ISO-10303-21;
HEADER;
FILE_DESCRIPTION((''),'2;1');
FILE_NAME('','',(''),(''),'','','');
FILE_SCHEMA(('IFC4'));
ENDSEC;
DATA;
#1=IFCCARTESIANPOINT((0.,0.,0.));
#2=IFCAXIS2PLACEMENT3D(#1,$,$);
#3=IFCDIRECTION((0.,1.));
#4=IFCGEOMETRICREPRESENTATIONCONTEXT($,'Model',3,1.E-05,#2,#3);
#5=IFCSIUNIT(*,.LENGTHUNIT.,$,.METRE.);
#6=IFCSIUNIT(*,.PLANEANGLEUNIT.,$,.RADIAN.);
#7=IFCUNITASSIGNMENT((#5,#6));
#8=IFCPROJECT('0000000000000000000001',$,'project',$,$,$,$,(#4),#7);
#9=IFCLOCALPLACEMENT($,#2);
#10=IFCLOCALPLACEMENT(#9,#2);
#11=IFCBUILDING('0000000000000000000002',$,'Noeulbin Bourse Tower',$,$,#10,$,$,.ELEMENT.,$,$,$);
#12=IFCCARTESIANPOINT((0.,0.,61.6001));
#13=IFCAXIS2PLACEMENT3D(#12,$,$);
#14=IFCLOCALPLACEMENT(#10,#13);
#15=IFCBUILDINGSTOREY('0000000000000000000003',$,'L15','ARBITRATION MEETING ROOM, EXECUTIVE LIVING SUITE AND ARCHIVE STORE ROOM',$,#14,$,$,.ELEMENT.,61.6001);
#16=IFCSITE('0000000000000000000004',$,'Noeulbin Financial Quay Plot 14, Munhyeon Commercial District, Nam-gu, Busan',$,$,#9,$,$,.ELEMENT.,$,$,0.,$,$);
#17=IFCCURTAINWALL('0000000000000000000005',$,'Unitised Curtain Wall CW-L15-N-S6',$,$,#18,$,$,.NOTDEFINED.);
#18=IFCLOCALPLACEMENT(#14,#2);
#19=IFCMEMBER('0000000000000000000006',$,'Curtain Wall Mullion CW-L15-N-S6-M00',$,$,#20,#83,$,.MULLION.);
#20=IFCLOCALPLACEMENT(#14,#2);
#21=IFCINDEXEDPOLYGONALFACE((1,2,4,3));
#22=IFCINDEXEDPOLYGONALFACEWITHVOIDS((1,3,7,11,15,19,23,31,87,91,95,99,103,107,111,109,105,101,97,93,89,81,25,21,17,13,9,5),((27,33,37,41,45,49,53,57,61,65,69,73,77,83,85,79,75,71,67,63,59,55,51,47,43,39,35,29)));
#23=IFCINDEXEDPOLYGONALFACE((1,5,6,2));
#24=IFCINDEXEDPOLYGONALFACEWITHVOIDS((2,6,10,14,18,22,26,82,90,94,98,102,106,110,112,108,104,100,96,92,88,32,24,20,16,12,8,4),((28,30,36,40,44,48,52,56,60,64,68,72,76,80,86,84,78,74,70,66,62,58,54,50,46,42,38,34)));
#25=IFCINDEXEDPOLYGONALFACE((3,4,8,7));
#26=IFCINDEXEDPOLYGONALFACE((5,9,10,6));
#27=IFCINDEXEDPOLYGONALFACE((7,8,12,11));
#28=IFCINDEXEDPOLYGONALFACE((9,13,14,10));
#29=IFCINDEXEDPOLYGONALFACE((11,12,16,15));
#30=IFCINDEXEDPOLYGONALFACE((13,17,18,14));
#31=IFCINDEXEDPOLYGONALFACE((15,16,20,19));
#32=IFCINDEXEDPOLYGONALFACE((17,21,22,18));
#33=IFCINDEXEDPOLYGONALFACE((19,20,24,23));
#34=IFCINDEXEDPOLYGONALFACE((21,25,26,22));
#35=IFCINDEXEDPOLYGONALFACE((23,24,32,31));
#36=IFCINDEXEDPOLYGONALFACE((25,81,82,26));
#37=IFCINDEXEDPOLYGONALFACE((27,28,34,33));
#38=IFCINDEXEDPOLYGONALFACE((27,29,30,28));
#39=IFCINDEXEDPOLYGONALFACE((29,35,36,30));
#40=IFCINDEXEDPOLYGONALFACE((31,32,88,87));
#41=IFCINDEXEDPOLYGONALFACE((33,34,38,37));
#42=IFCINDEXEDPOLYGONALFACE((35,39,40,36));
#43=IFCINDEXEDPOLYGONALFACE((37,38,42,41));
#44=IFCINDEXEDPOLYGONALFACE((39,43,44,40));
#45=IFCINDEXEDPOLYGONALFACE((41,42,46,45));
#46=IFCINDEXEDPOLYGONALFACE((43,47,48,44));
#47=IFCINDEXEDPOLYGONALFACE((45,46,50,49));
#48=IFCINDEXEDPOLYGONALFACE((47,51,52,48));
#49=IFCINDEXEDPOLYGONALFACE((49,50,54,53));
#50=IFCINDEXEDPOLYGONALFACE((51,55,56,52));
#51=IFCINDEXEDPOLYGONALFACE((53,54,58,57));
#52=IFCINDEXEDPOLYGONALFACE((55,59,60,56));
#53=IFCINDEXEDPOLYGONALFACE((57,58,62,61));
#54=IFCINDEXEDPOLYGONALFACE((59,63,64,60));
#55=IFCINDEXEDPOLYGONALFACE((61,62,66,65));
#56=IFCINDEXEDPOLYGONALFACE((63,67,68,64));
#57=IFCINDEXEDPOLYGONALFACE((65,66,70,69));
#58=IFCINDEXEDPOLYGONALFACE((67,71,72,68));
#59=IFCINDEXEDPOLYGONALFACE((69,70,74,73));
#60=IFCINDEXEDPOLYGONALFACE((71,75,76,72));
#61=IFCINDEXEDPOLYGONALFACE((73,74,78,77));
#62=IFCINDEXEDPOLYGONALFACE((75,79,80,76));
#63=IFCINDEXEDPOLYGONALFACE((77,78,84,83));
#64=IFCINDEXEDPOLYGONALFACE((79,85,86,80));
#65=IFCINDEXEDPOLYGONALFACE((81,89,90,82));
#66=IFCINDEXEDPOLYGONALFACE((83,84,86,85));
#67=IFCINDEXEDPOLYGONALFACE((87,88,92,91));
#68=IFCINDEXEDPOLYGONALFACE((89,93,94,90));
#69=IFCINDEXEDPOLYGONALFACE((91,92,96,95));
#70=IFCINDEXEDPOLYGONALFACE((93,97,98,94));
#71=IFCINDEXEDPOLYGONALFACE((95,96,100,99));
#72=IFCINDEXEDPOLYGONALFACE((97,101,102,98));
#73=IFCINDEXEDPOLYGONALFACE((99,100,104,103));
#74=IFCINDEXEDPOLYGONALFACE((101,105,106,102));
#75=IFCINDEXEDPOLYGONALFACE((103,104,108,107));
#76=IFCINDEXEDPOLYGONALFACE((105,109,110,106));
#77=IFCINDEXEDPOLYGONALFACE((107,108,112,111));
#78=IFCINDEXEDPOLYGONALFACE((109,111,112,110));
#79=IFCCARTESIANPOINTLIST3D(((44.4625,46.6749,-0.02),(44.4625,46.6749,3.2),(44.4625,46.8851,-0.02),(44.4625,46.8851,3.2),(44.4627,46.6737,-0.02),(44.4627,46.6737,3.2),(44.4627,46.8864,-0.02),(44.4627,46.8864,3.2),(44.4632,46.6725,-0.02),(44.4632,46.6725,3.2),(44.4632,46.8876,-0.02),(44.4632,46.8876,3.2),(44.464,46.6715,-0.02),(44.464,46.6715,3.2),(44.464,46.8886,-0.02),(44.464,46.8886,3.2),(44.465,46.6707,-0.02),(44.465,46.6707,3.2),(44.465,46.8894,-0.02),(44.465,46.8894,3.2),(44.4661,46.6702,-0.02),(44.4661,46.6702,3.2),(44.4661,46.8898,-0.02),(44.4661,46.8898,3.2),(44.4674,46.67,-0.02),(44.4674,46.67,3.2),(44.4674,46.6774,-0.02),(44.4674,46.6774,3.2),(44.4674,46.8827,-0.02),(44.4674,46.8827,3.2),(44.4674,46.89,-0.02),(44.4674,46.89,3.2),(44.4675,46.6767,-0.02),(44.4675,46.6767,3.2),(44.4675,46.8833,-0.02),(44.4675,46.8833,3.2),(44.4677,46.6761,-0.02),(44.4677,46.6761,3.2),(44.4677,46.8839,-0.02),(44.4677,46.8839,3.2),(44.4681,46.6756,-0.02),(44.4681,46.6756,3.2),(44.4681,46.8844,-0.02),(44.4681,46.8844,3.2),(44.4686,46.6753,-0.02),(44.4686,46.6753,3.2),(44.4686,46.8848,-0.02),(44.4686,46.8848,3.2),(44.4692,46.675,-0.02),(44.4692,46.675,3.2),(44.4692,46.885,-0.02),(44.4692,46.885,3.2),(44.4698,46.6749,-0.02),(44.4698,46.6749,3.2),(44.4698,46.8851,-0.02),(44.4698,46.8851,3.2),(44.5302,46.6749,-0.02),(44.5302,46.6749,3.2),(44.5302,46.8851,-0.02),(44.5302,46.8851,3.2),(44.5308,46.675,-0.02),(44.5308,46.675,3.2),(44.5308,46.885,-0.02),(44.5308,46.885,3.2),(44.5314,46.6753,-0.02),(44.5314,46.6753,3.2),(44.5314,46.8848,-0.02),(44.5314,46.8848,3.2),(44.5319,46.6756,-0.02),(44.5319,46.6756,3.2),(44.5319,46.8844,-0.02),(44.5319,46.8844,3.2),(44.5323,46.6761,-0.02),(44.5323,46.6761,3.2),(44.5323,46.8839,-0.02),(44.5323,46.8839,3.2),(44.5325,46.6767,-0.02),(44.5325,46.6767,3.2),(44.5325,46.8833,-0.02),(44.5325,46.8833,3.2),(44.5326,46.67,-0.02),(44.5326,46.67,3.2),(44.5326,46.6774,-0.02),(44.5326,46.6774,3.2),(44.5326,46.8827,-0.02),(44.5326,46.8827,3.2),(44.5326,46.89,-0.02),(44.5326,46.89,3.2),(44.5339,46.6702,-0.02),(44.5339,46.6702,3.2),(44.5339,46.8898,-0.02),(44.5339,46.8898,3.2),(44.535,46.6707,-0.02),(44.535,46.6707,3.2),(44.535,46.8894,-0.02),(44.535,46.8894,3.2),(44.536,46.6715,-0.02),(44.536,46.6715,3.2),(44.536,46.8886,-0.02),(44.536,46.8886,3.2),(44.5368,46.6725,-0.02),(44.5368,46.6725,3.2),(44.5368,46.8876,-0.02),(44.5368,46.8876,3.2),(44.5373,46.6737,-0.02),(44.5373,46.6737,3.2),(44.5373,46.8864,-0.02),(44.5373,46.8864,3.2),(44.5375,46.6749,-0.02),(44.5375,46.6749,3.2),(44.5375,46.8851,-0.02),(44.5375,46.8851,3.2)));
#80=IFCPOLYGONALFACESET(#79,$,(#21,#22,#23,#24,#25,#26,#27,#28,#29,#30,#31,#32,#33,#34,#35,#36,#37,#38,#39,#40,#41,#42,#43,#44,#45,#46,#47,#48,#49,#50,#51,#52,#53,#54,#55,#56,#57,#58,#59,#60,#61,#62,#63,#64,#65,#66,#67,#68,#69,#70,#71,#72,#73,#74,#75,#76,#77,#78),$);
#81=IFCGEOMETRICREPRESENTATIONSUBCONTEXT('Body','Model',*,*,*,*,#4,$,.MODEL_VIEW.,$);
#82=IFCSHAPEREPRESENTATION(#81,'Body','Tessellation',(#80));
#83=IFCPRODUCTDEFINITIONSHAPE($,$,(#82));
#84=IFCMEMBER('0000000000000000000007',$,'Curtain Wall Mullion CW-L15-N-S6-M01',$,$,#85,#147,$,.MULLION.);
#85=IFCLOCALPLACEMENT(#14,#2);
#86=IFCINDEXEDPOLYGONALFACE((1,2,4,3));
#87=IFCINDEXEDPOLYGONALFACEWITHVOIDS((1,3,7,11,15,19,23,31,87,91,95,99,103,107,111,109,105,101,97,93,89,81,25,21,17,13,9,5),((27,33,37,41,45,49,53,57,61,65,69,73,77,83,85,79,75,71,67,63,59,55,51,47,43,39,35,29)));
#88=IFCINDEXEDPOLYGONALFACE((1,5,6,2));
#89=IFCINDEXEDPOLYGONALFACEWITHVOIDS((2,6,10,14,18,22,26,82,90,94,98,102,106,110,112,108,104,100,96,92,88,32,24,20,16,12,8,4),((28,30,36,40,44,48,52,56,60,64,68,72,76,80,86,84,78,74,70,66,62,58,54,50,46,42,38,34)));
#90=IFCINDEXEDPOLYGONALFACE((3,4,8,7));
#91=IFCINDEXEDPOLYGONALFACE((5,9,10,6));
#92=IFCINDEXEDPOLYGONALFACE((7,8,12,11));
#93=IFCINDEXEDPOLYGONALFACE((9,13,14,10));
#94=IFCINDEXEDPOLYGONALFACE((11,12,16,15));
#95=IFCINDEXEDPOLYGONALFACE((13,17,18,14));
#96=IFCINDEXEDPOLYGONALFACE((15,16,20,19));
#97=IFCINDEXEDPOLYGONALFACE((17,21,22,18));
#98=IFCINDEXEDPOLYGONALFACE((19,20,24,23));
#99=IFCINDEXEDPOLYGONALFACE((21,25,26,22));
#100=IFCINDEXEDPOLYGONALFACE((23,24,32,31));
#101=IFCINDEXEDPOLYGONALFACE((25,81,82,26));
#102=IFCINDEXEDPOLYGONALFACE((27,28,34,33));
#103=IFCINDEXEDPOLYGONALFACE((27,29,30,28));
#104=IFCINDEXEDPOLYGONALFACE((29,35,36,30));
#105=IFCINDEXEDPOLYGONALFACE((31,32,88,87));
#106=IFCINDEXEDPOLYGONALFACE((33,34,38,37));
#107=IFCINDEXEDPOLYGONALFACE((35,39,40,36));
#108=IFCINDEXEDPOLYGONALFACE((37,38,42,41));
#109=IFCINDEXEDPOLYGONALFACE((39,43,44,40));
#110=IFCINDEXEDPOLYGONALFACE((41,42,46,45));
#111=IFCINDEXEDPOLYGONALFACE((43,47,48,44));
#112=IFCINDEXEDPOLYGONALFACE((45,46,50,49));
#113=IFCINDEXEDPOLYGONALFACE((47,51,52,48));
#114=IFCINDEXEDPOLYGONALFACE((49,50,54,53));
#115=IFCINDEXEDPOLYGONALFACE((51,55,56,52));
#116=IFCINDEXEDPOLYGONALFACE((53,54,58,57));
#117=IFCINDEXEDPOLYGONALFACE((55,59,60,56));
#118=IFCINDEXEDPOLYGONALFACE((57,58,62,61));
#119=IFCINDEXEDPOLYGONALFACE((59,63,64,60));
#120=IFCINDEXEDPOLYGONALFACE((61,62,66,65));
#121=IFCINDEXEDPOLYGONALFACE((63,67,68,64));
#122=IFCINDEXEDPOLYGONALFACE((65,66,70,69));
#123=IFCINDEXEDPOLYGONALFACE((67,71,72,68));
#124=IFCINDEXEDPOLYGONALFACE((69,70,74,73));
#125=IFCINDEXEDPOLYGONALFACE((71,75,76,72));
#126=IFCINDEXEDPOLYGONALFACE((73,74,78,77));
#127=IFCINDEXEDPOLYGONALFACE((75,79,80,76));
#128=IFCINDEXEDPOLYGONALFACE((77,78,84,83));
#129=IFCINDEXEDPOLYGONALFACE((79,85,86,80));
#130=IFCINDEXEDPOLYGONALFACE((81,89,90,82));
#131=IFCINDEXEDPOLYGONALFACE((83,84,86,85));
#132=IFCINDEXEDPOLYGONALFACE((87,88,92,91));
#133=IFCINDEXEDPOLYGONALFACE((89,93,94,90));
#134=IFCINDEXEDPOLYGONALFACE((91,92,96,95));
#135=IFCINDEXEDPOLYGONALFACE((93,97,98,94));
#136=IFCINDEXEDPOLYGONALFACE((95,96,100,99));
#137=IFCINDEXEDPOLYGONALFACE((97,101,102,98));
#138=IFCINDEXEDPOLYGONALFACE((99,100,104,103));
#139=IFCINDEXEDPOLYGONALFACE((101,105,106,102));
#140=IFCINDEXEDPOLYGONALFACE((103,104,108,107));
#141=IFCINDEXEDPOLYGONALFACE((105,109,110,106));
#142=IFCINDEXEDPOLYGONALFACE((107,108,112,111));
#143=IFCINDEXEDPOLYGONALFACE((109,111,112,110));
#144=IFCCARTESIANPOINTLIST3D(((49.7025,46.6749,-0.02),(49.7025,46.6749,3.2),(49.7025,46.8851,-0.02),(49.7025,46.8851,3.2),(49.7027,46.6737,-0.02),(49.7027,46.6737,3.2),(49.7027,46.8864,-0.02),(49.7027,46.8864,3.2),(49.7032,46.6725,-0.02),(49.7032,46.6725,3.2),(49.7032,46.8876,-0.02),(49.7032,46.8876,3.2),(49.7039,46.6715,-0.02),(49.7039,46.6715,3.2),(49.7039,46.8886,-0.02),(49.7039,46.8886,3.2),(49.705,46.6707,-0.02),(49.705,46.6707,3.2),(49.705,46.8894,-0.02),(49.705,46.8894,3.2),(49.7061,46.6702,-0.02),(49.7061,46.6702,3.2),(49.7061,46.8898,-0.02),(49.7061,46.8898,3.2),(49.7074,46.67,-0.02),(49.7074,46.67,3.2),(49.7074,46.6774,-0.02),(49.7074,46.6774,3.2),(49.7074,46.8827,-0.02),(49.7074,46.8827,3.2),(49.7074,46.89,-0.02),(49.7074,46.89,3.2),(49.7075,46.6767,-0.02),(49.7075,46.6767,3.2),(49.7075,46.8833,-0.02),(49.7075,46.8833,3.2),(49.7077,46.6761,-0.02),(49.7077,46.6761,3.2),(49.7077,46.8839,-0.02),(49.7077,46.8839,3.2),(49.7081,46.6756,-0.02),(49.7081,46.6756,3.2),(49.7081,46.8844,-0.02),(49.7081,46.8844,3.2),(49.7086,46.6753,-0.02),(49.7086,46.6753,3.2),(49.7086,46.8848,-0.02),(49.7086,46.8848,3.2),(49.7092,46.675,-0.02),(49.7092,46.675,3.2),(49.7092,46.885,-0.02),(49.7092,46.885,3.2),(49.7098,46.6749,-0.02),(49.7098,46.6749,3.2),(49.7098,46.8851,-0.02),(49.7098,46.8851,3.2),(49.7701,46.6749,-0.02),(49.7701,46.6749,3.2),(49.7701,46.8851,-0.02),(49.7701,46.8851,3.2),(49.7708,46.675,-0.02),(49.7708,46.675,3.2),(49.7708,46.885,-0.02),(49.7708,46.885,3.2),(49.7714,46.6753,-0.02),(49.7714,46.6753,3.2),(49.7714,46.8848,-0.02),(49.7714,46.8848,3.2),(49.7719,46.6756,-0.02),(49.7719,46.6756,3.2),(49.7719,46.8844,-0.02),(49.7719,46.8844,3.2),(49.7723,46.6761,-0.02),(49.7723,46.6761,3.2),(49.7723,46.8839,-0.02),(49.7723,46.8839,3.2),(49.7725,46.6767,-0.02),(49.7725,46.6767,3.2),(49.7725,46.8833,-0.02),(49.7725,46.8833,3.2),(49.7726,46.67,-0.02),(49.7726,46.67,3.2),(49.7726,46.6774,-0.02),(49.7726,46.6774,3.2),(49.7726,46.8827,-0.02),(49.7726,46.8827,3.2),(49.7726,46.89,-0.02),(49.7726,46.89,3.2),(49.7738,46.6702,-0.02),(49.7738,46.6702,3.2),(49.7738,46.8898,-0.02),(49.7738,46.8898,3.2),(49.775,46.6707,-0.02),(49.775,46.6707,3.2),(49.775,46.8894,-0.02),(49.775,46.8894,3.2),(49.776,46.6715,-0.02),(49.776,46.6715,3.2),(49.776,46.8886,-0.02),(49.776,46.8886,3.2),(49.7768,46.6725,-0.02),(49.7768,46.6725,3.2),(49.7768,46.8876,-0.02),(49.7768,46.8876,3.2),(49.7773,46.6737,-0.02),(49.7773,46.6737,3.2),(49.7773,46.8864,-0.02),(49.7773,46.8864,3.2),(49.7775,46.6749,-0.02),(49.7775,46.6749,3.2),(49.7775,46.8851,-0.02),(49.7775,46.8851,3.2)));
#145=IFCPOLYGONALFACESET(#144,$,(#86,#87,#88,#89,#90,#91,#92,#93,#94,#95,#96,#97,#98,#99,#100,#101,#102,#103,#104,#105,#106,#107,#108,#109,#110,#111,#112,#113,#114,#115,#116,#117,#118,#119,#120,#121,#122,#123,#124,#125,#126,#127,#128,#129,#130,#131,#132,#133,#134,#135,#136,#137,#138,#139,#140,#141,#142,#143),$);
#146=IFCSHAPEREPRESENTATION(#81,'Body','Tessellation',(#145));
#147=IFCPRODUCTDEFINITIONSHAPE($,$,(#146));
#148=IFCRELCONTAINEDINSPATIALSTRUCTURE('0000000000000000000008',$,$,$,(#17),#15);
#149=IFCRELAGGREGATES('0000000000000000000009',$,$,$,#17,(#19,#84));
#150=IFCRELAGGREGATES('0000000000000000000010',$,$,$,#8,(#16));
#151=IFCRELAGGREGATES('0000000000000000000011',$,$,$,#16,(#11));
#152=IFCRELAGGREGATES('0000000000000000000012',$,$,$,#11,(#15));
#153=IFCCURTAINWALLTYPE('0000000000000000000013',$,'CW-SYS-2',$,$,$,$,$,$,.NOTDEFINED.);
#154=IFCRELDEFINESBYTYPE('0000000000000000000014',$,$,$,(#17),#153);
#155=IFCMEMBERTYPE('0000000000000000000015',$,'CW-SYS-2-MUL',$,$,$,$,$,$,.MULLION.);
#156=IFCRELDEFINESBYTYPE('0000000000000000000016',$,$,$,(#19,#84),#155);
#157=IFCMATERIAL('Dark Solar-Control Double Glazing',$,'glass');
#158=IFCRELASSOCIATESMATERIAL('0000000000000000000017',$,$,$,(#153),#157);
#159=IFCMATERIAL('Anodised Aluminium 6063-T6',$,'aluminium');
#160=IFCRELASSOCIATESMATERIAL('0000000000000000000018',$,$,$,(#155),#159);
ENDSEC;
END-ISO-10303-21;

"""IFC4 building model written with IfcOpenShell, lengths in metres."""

from ifc_helpers import new_model, si_unit, direction, frame, origin, origin_2d, place, context, subcontext, project, spatial, hollow_rectangle, extrude, material, material_profile, profile_set, type_object, element, aggregate, save


model = new_model("IFC4")

# Units and contexts
model_context = context("Model", 3, precision=1e-05, world=origin(), true_north=direction((0.0, 1.0)))
body_context = subcontext(model_context, "Body", "Model", "MODEL_VIEW")
ifc_project = project(units=[si_unit("LENGTHUNIT", "METRE"), si_unit("PLANEANGLEUNIT", "RADIAN")], contexts=[model_context])

# Site, building, storey
site_placement = place(None, origin())
site = spatial("IfcSite", under=ifc_project, at=site_placement, Name="Noeulbin Financial Quay Plot 14, Munhyeon Commercial District, Nam-gu, Busan", CompositionType="ELEMENT", RefElevation=0.0)
building_placement = place(site_placement, origin())
building = spatial("IfcBuilding", under=site, at=building_placement, Name="Noeulbin Bourse Tower", CompositionType="ELEMENT")
storey_placement = place(building_placement, frame((0.0, 0.0, 61.6001)))
storey = spatial("IfcBuildingStorey", under=building, at=storey_placement, Name="L15", Description="ARBITRATION MEETING ROOM, EXECUTIVE LIVING SUITE AND ARCHIVE STORE ROOM", CompositionType="ELEMENT", Elevation=61.6001)

# Shared definitions
ifc_material_1 = material(Name="Dark Solar-Control Double Glazing", Category="glass")
curtain_wall_type = type_object("IfcCurtainWallType", Name="CW-SYS-2", PredefinedType="NOTDEFINED", material=ifc_material_1)
ifc_material_2 = material(Name="Anodised Aluminium 6063-T6", Category="aluminium")
ifc_material_profile_1 = material_profile(ifc_material_2, hollow_rectangle(XDim=0.075, YDim=0.22, WallThickness=0.0049, InnerFilletRadius=0.0024, OuterFilletRadius=0.0049, at=origin_2d()), Name="ALU-MULL-75x220x5", Category="LoadBearing")
ifc_profile_set_1 = profile_set([ifc_material_profile_1], Name="Anodised Aluminium 6063-T6")
member_type_1 = type_object("IfcMemberType", Name="CW-SYS-2-MUL", PredefinedType="MULLION", material=ifc_profile_set_1)

# Curtain wall, members
curtain_wall_1_placement = place(storey_placement, origin())
curtain_wall_1 = element("IfcCurtainWall", 1, at=curtain_wall_1_placement, inside=storey, type_object=curtain_wall_type, Name="Unitised Curtain Wall CW-L15-N-S6", PredefinedType="NOTDEFINED")
member_1_placement = place(storey_placement, frame((44.5, 46.78, -0.02), z_axis=(0.0, 0.0, 1.0), x_axis=(1.0, 0.0, 0.0)))
member_1 = element("IfcMember", 2, at=member_1_placement, type_object=member_type_1, Name="Curtain Wall Mullion CW-L15-N-S6-M00", PredefinedType="MULLION", context=body_context, shape_type="SweptSolid", body=[
    extrude(hollow_rectangle(XDim=0.075, YDim=0.22, WallThickness=0.0049, InnerFilletRadius=0.0024, OuterFilletRadius=0.0049, at=origin_2d()), origin(), (0.0, 0.0, 1.0), 3.22),
])
member_2_placement = place(storey_placement, frame((49.74, 46.78, -0.02), z_axis=(0.0, 0.0, 1.0), x_axis=(1.0, 0.0, 0.0)))
member_2 = element("IfcMember", 3, at=member_2_placement, type_object=member_type_1, Name="Curtain Wall Mullion CW-L15-N-S6-M01", PredefinedType="MULLION", context=body_context, shape_type="SweptSolid", body=[
    extrude(hollow_rectangle(XDim=0.075, YDim=0.22, WallThickness=0.0049, InnerFilletRadius=0.0024, OuterFilletRadius=0.0049, at=origin_2d()), origin(), (0.0, 0.0, 1.0), 3.22),
])

aggregate(curtain_wall_1, [member_1, member_2])

save(model, "model.ifc")
